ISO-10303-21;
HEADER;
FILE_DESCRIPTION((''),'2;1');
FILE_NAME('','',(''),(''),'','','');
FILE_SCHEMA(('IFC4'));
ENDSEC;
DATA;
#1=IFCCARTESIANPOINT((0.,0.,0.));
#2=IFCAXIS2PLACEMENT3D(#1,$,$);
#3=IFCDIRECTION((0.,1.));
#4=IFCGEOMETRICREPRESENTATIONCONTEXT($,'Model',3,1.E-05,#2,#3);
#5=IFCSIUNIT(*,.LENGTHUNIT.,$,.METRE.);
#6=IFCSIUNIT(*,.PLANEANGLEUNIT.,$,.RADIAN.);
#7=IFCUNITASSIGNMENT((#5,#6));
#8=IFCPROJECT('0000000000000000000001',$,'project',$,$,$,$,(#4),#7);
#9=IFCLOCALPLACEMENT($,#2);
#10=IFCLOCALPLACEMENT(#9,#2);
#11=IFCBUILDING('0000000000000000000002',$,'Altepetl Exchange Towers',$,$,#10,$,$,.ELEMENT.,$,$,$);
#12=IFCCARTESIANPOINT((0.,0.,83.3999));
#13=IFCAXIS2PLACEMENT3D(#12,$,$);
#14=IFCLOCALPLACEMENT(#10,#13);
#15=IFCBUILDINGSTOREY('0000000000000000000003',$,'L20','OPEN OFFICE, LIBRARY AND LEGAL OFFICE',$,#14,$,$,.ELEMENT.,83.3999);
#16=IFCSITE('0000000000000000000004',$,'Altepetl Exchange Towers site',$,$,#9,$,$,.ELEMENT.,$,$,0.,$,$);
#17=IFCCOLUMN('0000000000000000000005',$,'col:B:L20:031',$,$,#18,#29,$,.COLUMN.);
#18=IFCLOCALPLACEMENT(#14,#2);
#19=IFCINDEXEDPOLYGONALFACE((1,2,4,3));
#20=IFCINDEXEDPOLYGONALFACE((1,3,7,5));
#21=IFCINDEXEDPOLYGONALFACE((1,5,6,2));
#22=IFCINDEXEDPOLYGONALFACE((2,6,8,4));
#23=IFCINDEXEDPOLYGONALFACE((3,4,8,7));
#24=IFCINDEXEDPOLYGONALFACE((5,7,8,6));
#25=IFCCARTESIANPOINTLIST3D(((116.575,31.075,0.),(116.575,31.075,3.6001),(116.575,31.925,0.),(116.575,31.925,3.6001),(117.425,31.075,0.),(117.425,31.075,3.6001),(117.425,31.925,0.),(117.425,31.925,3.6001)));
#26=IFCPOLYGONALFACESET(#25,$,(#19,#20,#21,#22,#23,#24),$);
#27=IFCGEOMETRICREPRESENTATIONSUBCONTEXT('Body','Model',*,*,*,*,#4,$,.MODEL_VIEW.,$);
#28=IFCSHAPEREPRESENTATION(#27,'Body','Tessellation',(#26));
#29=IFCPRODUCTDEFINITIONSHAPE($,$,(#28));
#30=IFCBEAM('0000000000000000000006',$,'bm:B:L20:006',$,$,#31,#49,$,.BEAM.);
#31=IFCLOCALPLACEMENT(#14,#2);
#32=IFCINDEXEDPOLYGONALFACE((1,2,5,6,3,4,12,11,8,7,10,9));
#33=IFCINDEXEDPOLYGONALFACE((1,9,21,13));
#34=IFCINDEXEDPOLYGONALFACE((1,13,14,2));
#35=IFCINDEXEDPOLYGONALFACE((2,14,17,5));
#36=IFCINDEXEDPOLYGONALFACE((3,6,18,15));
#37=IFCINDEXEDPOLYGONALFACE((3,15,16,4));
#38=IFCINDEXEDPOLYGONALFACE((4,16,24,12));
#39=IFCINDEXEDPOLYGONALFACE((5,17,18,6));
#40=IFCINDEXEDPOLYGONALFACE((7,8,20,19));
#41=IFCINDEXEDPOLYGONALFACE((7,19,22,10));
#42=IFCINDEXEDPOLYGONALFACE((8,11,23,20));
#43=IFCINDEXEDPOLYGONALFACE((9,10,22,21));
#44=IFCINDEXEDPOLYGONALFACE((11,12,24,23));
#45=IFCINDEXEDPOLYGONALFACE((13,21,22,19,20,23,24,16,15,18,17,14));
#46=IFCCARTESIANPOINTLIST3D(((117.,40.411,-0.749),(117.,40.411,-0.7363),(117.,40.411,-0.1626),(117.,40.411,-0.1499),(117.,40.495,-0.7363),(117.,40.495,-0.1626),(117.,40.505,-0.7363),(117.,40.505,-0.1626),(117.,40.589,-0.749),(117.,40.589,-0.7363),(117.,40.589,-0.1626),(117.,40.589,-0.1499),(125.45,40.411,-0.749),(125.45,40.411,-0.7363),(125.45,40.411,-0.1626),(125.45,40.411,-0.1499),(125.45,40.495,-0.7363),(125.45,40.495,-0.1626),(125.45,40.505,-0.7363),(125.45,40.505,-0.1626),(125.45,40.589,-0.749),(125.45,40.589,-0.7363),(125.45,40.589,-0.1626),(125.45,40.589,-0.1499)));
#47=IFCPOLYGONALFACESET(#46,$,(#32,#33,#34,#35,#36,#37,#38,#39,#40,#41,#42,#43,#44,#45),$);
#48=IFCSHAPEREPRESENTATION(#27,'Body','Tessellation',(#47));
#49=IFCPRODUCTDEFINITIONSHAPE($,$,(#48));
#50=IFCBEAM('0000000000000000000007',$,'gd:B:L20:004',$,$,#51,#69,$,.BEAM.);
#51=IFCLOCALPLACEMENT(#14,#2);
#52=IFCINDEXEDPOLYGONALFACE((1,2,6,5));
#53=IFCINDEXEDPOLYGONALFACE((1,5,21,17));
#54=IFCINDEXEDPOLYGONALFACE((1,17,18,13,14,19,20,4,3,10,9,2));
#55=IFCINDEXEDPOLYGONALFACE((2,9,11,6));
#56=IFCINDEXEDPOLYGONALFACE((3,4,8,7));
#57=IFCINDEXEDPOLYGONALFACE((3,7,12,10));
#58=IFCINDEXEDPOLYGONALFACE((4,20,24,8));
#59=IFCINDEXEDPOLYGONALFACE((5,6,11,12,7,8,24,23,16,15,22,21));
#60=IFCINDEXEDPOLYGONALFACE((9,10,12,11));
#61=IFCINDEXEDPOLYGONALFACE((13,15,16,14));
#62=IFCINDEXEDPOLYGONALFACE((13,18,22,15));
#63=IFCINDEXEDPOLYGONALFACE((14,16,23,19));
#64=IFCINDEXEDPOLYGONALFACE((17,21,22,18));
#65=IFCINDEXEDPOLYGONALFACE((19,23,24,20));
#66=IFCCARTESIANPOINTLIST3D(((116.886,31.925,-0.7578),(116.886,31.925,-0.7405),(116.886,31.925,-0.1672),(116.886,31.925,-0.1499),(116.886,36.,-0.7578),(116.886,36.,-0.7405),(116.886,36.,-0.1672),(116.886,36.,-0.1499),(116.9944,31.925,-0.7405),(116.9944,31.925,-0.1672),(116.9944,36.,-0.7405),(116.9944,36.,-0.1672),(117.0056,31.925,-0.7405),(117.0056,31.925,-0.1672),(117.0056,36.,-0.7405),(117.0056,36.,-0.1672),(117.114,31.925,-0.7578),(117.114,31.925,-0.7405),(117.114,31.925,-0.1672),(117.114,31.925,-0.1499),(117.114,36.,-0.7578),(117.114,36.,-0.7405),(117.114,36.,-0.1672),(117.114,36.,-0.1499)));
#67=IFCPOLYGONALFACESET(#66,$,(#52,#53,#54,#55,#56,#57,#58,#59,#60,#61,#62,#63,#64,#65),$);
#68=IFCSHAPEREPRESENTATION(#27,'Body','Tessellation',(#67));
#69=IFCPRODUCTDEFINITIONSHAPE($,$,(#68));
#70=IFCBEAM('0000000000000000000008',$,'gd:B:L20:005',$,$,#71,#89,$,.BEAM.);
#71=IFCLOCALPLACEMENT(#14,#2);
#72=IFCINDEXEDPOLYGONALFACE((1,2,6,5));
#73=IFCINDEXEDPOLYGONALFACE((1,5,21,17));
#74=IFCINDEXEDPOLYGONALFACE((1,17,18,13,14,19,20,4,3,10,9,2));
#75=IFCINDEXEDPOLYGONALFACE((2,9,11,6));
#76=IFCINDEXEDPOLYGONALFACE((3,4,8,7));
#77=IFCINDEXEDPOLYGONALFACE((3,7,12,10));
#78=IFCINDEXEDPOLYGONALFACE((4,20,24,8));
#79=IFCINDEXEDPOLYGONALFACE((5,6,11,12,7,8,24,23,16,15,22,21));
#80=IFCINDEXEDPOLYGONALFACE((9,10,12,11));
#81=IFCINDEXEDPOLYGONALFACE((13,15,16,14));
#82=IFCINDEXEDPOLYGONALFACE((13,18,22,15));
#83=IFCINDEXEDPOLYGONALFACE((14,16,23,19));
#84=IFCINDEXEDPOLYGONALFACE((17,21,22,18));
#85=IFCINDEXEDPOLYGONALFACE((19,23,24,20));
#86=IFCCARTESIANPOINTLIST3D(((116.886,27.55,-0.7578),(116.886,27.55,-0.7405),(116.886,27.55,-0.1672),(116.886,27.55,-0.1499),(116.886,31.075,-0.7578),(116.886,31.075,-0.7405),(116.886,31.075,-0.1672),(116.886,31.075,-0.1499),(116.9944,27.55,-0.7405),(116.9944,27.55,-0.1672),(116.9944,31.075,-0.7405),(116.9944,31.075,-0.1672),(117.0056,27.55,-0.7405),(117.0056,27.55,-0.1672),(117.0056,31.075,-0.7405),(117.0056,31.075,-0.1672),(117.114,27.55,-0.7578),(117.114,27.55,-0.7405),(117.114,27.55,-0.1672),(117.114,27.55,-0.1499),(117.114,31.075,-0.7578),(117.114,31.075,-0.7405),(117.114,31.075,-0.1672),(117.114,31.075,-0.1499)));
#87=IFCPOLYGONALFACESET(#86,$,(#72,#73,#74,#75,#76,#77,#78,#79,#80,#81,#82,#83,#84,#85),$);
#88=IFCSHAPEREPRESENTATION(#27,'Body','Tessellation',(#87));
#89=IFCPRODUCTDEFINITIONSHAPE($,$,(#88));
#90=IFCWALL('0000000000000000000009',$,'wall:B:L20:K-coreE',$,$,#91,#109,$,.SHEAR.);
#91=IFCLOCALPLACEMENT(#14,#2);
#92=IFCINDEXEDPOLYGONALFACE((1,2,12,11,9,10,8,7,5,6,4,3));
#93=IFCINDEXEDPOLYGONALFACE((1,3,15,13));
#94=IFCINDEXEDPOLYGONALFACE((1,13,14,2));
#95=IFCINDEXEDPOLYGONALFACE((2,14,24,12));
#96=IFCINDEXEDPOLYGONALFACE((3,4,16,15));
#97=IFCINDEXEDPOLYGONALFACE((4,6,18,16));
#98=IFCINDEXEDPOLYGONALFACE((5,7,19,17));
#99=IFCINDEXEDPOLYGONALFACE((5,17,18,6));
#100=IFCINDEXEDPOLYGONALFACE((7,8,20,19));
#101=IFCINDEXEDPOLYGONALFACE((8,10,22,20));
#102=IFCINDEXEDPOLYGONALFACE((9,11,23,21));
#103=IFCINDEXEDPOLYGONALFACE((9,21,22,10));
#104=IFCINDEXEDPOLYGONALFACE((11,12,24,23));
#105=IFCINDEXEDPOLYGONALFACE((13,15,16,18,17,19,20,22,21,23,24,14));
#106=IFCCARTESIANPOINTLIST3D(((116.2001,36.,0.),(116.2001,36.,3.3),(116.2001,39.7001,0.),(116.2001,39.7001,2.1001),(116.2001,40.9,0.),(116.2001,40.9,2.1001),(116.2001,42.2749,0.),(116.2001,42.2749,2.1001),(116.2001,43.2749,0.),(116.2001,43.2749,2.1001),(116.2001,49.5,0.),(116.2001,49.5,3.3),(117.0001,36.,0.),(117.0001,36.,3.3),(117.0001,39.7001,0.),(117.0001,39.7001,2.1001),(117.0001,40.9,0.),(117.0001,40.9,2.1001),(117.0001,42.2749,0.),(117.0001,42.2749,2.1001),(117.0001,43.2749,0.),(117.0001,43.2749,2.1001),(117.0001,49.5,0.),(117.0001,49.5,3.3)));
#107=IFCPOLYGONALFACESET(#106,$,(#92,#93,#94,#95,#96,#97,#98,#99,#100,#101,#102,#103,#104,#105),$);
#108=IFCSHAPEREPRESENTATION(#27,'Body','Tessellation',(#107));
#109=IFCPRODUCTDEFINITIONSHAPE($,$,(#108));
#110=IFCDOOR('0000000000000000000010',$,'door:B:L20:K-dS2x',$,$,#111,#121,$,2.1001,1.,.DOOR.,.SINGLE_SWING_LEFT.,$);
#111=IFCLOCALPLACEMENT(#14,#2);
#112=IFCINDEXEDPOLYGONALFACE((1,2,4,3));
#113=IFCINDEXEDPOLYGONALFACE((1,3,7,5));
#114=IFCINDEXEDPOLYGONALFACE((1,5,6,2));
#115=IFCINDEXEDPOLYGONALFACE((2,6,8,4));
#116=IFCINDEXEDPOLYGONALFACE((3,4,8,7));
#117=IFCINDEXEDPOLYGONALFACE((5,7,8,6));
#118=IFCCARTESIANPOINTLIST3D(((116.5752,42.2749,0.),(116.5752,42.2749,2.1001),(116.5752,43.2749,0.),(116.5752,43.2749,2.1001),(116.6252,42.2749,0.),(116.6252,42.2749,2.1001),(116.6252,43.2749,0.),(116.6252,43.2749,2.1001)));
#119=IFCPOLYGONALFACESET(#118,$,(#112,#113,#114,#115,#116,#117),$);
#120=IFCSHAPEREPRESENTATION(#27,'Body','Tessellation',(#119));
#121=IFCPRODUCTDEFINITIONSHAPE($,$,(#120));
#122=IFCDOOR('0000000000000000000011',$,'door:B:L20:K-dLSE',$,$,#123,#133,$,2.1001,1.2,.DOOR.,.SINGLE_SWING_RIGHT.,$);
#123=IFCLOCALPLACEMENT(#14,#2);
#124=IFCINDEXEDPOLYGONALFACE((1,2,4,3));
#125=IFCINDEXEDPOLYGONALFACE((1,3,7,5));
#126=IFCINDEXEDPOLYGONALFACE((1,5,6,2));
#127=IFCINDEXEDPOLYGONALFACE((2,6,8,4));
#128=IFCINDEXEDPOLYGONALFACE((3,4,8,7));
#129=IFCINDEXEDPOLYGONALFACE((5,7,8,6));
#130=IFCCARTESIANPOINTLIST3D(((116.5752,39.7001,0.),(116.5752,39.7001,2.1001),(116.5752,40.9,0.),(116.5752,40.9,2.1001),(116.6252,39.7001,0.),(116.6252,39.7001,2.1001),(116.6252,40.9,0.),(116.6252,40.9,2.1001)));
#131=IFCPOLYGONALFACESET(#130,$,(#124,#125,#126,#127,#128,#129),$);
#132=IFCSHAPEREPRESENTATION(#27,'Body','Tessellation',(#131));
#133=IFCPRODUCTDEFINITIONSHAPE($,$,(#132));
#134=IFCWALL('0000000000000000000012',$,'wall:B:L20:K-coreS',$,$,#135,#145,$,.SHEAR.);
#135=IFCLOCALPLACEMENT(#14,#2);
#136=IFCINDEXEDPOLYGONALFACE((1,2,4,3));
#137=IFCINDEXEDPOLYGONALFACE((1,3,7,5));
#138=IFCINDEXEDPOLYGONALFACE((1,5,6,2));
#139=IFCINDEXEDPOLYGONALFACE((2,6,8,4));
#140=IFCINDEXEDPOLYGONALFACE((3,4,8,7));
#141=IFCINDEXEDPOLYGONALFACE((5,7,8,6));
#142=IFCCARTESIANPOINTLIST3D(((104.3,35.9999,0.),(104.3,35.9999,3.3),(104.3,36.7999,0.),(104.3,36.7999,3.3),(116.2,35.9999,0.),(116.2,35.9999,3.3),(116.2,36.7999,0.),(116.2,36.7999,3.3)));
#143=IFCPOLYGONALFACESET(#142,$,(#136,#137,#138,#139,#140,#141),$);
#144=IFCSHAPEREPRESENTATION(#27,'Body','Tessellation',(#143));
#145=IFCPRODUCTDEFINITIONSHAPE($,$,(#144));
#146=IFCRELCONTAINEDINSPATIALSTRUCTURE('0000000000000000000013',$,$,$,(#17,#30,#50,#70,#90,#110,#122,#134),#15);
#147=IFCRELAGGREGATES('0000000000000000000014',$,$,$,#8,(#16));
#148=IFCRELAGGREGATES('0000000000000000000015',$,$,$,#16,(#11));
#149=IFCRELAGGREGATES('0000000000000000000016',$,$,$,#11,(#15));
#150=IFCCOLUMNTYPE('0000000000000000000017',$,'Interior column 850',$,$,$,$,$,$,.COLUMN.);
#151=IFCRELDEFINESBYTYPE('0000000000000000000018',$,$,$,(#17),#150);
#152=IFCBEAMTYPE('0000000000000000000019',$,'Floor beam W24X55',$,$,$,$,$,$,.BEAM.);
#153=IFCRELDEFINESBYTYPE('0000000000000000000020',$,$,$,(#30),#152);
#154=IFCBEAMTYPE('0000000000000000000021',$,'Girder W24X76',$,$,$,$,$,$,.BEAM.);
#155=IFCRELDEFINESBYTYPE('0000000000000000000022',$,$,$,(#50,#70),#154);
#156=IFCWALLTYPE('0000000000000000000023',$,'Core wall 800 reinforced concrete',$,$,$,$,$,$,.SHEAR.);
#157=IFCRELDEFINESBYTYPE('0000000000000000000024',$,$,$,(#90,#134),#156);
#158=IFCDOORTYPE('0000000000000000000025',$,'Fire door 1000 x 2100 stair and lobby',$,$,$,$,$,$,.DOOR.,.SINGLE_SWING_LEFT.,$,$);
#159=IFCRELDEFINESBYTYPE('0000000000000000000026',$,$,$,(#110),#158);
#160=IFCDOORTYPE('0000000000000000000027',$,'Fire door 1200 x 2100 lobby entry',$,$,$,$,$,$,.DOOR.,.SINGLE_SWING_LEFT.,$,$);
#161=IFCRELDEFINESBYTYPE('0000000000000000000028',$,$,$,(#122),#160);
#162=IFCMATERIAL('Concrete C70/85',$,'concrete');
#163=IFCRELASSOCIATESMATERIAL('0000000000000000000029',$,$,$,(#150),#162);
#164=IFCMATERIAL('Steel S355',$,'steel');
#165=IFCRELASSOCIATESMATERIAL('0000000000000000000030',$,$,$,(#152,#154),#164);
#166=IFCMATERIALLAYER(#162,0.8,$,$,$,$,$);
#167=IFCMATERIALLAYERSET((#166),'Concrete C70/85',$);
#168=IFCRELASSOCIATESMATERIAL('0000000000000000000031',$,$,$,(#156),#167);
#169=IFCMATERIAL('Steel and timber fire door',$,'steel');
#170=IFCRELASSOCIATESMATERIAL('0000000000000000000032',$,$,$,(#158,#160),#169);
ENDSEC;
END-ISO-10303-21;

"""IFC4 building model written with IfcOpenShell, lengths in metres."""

from ifc_helpers import new_model, si_unit, direction, frame, frame_2d, origin, origin_2d, place, context, subcontext, project, spatial, rectangle, i_section, extrude, material, layer, layer_set, material_profile, profile_set, type_object, element, fill, save


model = new_model("IFC4")

# Units and contexts
model_context = context("Model", 3, precision=1e-05, world=origin(), true_north=direction((0.0, 1.0)))
body_context = subcontext(model_context, "Body", "Model", "MODEL_VIEW")
ifc_project = project(units=[si_unit("LENGTHUNIT", "METRE"), si_unit("PLANEANGLEUNIT", "RADIAN")], contexts=[model_context])

# Site, building, storey
site_placement = place(None, origin())
site = spatial("IfcSite", under=ifc_project, at=site_placement, Name="Altepetl Exchange Towers site", CompositionType="ELEMENT", RefElevation=0.0)
building_placement = place(site_placement, origin())
building = spatial("IfcBuilding", under=site, at=building_placement, Name="Altepetl Exchange Towers", CompositionType="ELEMENT")
storey_placement = place(building_placement, frame((0.0, 0.0, 83.3999)))
storey = spatial("IfcBuildingStorey", under=building, at=storey_placement, Name="L20", Description="OPEN OFFICE, LIBRARY AND LEGAL OFFICE", CompositionType="ELEMENT", Elevation=83.3999)

# Column
ifc_material_1 = material(Name="Concrete C70/85", Category="concrete")
ifc_material_profile_1 = material_profile(ifc_material_1, rectangle(XDim=0.8501, YDim=0.8501, at=origin_2d()), Name="850 x 850")
ifc_profile_set_1 = profile_set([ifc_material_profile_1], Name="Concrete C70/85")
column_type = type_object("IfcColumnType", Name="Interior column 850", PredefinedType="COLUMN", material=ifc_profile_set_1)
column_placement = place(storey_placement, frame((117.0, 31.5, 0.0)))
element("IfcColumn", 1, at=column_placement, inside=storey, type_object=column_type, Name="col:B:L20:031", PredefinedType="COLUMN", context=body_context, shape_type="SweptSolid", body=[
    extrude(rectangle(XDim=0.8501, YDim=0.8501, at=origin_2d()), origin(), (0.0, 0.0, 1.0), 3.6001),
])

# Beams
ifc_material_2 = material(Name="Steel S355", Category="steel")
ifc_material_profile_2 = material_profile(ifc_material_2, i_section(OverallWidth=0.178, OverallDepth=0.5991, WebThickness=0.01, FlangeThickness=0.0127, at=origin_2d()), Name="W24X55")
ifc_profile_set_2 = profile_set([ifc_material_profile_2], Name="Steel S355")
beam_type_1 = type_object("IfcBeamType", Name="Floor beam W24X55", PredefinedType="BEAM", material=ifc_profile_set_2)
beam_1_placement = place(storey_placement, frame((117.0, 40.5, -0.4495), z_axis=(1.0, 0.0, 0.0), x_axis=(0.0, 1.0, 0.0)))
element("IfcBeam", 2, at=beam_1_placement, inside=storey, type_object=beam_type_1, Name="bm:B:L20:006", PredefinedType="BEAM", context=body_context, shape_type="SweptSolid", body=[
    extrude(i_section(OverallWidth=0.178, OverallDepth=0.5991, WebThickness=0.01, FlangeThickness=0.0127, at=origin_2d()), origin(), (0.0, 0.0, 1.0), 8.45),
])
ifc_material_profile_3 = material_profile(ifc_material_2, i_section(OverallWidth=0.228, OverallDepth=0.6079, WebThickness=0.0112, FlangeThickness=0.0173, at=origin_2d()), Name="W24X76")
ifc_profile_set_3 = profile_set([ifc_material_profile_3], Name="Steel S355")
beam_type_2 = type_object("IfcBeamType", Name="Girder W24X76", PredefinedType="BEAM", material=ifc_profile_set_3)
beam_2_placement = place(storey_placement, frame((117.0, 36.0, -0.4539), z_axis=(0.0, -1.0, 0.0), x_axis=(1.0, 0.0, 0.0)))
element("IfcBeam", 3, at=beam_2_placement, inside=storey, type_object=beam_type_2, Name="gd:B:L20:004", PredefinedType="BEAM", context=body_context, shape_type="SweptSolid", body=[
    extrude(i_section(OverallWidth=0.228, OverallDepth=0.6079, WebThickness=0.0112, FlangeThickness=0.0173, at=origin_2d()), origin(), (0.0, 0.0, 1.0), 4.075),
])
beam_3_placement = place(storey_placement, frame((117.0, 31.075, -0.4539), z_axis=(0.0, -1.0, 0.0), x_axis=(1.0, 0.0, 0.0)))
element("IfcBeam", 4, at=beam_3_placement, inside=storey, type_object=beam_type_2, Name="gd:B:L20:005", PredefinedType="BEAM", context=body_context, shape_type="SweptSolid", body=[
    extrude(i_section(OverallWidth=0.228, OverallDepth=0.6079, WebThickness=0.0112, FlangeThickness=0.0173, at=origin_2d()), origin(), (0.0, 0.0, 1.0), 3.5249),
])

# Wall, openings, doors
ifc_layer_1 = layer(ifc_material_1, 0.8)
ifc_layer_set_1 = layer_set([ifc_layer_1], Name="Concrete C70/85")
wall_type_1 = type_object("IfcWallType", Name="Core wall 800 reinforced concrete", PredefinedType="SHEAR", material=ifc_layer_set_1)
wall_1_placement = place(storey_placement, frame((116.6001, 36.0, 0.0), z_axis=(0.0, 0.0, 1.0), x_axis=(0.0, 1.0, 0.0)))
wall_1 = element("IfcWall", 5, at=wall_1_placement, inside=storey, type_object=wall_type_1, Name="wall:B:L20:K-coreE", PredefinedType="SHEAR", context=body_context, shape_type="SweptSolid", body=[
    extrude(rectangle(XDim=13.5, YDim=0.8, at=frame_2d((6.75, 0.0))), origin(), (0.0, 0.0, 1.0), 3.3),
])
opening_1_placement = place(wall_1_placement, frame((3.7, 0.0, 0.0)))
opening_1 = element("IfcOpeningElement", 6, at=opening_1_placement, cuts=wall_1, PredefinedType="OPENING", context=body_context, shape_type="SweptSolid", body=[
    extrude(rectangle(XDim=1.2, YDim=2.1001, at=frame_2d((0.6001, 1.05))), frame((0.0, 0.4102, 0.0), z_axis=(0.0, -1.0, 0.0), x_axis=(1.0, 0.0, 0.0)), (0.0, 0.0, 1.0), 0.8201),
])
opening_2_placement = place(wall_1_placement, frame((6.2749, 0.0, 0.0)))
opening_2 = element("IfcOpeningElement", 7, at=opening_2_placement, cuts=wall_1, PredefinedType="OPENING", context=body_context, shape_type="SweptSolid", body=[
    extrude(rectangle(XDim=1.0, YDim=2.1001, at=frame_2d((0.5, 1.05))), frame((0.0, 0.4102, 0.0), z_axis=(0.0, -1.0, 0.0), x_axis=(1.0, 0.0, 0.0)), (0.0, 0.0, 1.0), 0.8201),
])
ifc_material_3 = material(Name="Steel and timber fire door", Category="steel")
door_type_1 = type_object("IfcDoorType", Name="Fire door 1000 x 2100 stair and lobby", OperationType="SINGLE_SWING_LEFT", PredefinedType="DOOR", material=ifc_material_3)
door_1_placement = place(opening_2_placement, origin())
door_1 = element("IfcDoor", 8, at=door_1_placement, inside=storey, type_object=door_type_1, Name="door:B:L20:K-dS2x", OperationType="SINGLE_SWING_LEFT", OverallHeight=2.1001, OverallWidth=1.0, PredefinedType="DOOR", context=body_context, shape_type="SweptSolid", body=[
    extrude(rectangle(XDim=1.0, YDim=2.1001, at=frame_2d((0.5, 1.05))), frame((0.0, 0.0249, 0.0), z_axis=(0.0, -1.0, 0.0), x_axis=(1.0, 0.0, 0.0)), (0.0, 0.0, 1.0), 0.05),
])
fill(opening_2, door_1)
door_type_2 = type_object("IfcDoorType", Name="Fire door 1200 x 2100 lobby entry", OperationType="SINGLE_SWING_LEFT", PredefinedType="DOOR", material=ifc_material_3)
door_2_placement = place(opening_1_placement, origin())
door_2 = element("IfcDoor", 9, at=door_2_placement, inside=storey, type_object=door_type_2, Name="door:B:L20:K-dLSE", OperationType="SINGLE_SWING_RIGHT", OverallHeight=2.1001, OverallWidth=1.2, PredefinedType="DOOR", context=body_context, shape_type="SweptSolid", body=[
    extrude(rectangle(XDim=1.2, YDim=2.1001, at=frame_2d((0.6001, 1.05))), frame((0.0, 0.0249, 0.0), z_axis=(0.0, -1.0, 0.0), x_axis=(1.0, 0.0, 0.0)), (0.0, 0.0, 1.0), 0.05),
])
fill(opening_1, door_2)

# Wall
wall_2_placement = place(storey_placement, frame((104.3, 36.3999, 0.0)))
element("IfcWall", 10, at=wall_2_placement, inside=storey, type_object=wall_type_1, Name="wall:B:L20:K-coreS", PredefinedType="SHEAR", context=body_context, shape_type="SweptSolid", body=[
    extrude(rectangle(XDim=11.8999, YDim=0.8, at=frame_2d((5.95, 0.0))), origin(), (0.0, 0.0, 1.0), 3.3),
])

save(model, "model.ifc")
